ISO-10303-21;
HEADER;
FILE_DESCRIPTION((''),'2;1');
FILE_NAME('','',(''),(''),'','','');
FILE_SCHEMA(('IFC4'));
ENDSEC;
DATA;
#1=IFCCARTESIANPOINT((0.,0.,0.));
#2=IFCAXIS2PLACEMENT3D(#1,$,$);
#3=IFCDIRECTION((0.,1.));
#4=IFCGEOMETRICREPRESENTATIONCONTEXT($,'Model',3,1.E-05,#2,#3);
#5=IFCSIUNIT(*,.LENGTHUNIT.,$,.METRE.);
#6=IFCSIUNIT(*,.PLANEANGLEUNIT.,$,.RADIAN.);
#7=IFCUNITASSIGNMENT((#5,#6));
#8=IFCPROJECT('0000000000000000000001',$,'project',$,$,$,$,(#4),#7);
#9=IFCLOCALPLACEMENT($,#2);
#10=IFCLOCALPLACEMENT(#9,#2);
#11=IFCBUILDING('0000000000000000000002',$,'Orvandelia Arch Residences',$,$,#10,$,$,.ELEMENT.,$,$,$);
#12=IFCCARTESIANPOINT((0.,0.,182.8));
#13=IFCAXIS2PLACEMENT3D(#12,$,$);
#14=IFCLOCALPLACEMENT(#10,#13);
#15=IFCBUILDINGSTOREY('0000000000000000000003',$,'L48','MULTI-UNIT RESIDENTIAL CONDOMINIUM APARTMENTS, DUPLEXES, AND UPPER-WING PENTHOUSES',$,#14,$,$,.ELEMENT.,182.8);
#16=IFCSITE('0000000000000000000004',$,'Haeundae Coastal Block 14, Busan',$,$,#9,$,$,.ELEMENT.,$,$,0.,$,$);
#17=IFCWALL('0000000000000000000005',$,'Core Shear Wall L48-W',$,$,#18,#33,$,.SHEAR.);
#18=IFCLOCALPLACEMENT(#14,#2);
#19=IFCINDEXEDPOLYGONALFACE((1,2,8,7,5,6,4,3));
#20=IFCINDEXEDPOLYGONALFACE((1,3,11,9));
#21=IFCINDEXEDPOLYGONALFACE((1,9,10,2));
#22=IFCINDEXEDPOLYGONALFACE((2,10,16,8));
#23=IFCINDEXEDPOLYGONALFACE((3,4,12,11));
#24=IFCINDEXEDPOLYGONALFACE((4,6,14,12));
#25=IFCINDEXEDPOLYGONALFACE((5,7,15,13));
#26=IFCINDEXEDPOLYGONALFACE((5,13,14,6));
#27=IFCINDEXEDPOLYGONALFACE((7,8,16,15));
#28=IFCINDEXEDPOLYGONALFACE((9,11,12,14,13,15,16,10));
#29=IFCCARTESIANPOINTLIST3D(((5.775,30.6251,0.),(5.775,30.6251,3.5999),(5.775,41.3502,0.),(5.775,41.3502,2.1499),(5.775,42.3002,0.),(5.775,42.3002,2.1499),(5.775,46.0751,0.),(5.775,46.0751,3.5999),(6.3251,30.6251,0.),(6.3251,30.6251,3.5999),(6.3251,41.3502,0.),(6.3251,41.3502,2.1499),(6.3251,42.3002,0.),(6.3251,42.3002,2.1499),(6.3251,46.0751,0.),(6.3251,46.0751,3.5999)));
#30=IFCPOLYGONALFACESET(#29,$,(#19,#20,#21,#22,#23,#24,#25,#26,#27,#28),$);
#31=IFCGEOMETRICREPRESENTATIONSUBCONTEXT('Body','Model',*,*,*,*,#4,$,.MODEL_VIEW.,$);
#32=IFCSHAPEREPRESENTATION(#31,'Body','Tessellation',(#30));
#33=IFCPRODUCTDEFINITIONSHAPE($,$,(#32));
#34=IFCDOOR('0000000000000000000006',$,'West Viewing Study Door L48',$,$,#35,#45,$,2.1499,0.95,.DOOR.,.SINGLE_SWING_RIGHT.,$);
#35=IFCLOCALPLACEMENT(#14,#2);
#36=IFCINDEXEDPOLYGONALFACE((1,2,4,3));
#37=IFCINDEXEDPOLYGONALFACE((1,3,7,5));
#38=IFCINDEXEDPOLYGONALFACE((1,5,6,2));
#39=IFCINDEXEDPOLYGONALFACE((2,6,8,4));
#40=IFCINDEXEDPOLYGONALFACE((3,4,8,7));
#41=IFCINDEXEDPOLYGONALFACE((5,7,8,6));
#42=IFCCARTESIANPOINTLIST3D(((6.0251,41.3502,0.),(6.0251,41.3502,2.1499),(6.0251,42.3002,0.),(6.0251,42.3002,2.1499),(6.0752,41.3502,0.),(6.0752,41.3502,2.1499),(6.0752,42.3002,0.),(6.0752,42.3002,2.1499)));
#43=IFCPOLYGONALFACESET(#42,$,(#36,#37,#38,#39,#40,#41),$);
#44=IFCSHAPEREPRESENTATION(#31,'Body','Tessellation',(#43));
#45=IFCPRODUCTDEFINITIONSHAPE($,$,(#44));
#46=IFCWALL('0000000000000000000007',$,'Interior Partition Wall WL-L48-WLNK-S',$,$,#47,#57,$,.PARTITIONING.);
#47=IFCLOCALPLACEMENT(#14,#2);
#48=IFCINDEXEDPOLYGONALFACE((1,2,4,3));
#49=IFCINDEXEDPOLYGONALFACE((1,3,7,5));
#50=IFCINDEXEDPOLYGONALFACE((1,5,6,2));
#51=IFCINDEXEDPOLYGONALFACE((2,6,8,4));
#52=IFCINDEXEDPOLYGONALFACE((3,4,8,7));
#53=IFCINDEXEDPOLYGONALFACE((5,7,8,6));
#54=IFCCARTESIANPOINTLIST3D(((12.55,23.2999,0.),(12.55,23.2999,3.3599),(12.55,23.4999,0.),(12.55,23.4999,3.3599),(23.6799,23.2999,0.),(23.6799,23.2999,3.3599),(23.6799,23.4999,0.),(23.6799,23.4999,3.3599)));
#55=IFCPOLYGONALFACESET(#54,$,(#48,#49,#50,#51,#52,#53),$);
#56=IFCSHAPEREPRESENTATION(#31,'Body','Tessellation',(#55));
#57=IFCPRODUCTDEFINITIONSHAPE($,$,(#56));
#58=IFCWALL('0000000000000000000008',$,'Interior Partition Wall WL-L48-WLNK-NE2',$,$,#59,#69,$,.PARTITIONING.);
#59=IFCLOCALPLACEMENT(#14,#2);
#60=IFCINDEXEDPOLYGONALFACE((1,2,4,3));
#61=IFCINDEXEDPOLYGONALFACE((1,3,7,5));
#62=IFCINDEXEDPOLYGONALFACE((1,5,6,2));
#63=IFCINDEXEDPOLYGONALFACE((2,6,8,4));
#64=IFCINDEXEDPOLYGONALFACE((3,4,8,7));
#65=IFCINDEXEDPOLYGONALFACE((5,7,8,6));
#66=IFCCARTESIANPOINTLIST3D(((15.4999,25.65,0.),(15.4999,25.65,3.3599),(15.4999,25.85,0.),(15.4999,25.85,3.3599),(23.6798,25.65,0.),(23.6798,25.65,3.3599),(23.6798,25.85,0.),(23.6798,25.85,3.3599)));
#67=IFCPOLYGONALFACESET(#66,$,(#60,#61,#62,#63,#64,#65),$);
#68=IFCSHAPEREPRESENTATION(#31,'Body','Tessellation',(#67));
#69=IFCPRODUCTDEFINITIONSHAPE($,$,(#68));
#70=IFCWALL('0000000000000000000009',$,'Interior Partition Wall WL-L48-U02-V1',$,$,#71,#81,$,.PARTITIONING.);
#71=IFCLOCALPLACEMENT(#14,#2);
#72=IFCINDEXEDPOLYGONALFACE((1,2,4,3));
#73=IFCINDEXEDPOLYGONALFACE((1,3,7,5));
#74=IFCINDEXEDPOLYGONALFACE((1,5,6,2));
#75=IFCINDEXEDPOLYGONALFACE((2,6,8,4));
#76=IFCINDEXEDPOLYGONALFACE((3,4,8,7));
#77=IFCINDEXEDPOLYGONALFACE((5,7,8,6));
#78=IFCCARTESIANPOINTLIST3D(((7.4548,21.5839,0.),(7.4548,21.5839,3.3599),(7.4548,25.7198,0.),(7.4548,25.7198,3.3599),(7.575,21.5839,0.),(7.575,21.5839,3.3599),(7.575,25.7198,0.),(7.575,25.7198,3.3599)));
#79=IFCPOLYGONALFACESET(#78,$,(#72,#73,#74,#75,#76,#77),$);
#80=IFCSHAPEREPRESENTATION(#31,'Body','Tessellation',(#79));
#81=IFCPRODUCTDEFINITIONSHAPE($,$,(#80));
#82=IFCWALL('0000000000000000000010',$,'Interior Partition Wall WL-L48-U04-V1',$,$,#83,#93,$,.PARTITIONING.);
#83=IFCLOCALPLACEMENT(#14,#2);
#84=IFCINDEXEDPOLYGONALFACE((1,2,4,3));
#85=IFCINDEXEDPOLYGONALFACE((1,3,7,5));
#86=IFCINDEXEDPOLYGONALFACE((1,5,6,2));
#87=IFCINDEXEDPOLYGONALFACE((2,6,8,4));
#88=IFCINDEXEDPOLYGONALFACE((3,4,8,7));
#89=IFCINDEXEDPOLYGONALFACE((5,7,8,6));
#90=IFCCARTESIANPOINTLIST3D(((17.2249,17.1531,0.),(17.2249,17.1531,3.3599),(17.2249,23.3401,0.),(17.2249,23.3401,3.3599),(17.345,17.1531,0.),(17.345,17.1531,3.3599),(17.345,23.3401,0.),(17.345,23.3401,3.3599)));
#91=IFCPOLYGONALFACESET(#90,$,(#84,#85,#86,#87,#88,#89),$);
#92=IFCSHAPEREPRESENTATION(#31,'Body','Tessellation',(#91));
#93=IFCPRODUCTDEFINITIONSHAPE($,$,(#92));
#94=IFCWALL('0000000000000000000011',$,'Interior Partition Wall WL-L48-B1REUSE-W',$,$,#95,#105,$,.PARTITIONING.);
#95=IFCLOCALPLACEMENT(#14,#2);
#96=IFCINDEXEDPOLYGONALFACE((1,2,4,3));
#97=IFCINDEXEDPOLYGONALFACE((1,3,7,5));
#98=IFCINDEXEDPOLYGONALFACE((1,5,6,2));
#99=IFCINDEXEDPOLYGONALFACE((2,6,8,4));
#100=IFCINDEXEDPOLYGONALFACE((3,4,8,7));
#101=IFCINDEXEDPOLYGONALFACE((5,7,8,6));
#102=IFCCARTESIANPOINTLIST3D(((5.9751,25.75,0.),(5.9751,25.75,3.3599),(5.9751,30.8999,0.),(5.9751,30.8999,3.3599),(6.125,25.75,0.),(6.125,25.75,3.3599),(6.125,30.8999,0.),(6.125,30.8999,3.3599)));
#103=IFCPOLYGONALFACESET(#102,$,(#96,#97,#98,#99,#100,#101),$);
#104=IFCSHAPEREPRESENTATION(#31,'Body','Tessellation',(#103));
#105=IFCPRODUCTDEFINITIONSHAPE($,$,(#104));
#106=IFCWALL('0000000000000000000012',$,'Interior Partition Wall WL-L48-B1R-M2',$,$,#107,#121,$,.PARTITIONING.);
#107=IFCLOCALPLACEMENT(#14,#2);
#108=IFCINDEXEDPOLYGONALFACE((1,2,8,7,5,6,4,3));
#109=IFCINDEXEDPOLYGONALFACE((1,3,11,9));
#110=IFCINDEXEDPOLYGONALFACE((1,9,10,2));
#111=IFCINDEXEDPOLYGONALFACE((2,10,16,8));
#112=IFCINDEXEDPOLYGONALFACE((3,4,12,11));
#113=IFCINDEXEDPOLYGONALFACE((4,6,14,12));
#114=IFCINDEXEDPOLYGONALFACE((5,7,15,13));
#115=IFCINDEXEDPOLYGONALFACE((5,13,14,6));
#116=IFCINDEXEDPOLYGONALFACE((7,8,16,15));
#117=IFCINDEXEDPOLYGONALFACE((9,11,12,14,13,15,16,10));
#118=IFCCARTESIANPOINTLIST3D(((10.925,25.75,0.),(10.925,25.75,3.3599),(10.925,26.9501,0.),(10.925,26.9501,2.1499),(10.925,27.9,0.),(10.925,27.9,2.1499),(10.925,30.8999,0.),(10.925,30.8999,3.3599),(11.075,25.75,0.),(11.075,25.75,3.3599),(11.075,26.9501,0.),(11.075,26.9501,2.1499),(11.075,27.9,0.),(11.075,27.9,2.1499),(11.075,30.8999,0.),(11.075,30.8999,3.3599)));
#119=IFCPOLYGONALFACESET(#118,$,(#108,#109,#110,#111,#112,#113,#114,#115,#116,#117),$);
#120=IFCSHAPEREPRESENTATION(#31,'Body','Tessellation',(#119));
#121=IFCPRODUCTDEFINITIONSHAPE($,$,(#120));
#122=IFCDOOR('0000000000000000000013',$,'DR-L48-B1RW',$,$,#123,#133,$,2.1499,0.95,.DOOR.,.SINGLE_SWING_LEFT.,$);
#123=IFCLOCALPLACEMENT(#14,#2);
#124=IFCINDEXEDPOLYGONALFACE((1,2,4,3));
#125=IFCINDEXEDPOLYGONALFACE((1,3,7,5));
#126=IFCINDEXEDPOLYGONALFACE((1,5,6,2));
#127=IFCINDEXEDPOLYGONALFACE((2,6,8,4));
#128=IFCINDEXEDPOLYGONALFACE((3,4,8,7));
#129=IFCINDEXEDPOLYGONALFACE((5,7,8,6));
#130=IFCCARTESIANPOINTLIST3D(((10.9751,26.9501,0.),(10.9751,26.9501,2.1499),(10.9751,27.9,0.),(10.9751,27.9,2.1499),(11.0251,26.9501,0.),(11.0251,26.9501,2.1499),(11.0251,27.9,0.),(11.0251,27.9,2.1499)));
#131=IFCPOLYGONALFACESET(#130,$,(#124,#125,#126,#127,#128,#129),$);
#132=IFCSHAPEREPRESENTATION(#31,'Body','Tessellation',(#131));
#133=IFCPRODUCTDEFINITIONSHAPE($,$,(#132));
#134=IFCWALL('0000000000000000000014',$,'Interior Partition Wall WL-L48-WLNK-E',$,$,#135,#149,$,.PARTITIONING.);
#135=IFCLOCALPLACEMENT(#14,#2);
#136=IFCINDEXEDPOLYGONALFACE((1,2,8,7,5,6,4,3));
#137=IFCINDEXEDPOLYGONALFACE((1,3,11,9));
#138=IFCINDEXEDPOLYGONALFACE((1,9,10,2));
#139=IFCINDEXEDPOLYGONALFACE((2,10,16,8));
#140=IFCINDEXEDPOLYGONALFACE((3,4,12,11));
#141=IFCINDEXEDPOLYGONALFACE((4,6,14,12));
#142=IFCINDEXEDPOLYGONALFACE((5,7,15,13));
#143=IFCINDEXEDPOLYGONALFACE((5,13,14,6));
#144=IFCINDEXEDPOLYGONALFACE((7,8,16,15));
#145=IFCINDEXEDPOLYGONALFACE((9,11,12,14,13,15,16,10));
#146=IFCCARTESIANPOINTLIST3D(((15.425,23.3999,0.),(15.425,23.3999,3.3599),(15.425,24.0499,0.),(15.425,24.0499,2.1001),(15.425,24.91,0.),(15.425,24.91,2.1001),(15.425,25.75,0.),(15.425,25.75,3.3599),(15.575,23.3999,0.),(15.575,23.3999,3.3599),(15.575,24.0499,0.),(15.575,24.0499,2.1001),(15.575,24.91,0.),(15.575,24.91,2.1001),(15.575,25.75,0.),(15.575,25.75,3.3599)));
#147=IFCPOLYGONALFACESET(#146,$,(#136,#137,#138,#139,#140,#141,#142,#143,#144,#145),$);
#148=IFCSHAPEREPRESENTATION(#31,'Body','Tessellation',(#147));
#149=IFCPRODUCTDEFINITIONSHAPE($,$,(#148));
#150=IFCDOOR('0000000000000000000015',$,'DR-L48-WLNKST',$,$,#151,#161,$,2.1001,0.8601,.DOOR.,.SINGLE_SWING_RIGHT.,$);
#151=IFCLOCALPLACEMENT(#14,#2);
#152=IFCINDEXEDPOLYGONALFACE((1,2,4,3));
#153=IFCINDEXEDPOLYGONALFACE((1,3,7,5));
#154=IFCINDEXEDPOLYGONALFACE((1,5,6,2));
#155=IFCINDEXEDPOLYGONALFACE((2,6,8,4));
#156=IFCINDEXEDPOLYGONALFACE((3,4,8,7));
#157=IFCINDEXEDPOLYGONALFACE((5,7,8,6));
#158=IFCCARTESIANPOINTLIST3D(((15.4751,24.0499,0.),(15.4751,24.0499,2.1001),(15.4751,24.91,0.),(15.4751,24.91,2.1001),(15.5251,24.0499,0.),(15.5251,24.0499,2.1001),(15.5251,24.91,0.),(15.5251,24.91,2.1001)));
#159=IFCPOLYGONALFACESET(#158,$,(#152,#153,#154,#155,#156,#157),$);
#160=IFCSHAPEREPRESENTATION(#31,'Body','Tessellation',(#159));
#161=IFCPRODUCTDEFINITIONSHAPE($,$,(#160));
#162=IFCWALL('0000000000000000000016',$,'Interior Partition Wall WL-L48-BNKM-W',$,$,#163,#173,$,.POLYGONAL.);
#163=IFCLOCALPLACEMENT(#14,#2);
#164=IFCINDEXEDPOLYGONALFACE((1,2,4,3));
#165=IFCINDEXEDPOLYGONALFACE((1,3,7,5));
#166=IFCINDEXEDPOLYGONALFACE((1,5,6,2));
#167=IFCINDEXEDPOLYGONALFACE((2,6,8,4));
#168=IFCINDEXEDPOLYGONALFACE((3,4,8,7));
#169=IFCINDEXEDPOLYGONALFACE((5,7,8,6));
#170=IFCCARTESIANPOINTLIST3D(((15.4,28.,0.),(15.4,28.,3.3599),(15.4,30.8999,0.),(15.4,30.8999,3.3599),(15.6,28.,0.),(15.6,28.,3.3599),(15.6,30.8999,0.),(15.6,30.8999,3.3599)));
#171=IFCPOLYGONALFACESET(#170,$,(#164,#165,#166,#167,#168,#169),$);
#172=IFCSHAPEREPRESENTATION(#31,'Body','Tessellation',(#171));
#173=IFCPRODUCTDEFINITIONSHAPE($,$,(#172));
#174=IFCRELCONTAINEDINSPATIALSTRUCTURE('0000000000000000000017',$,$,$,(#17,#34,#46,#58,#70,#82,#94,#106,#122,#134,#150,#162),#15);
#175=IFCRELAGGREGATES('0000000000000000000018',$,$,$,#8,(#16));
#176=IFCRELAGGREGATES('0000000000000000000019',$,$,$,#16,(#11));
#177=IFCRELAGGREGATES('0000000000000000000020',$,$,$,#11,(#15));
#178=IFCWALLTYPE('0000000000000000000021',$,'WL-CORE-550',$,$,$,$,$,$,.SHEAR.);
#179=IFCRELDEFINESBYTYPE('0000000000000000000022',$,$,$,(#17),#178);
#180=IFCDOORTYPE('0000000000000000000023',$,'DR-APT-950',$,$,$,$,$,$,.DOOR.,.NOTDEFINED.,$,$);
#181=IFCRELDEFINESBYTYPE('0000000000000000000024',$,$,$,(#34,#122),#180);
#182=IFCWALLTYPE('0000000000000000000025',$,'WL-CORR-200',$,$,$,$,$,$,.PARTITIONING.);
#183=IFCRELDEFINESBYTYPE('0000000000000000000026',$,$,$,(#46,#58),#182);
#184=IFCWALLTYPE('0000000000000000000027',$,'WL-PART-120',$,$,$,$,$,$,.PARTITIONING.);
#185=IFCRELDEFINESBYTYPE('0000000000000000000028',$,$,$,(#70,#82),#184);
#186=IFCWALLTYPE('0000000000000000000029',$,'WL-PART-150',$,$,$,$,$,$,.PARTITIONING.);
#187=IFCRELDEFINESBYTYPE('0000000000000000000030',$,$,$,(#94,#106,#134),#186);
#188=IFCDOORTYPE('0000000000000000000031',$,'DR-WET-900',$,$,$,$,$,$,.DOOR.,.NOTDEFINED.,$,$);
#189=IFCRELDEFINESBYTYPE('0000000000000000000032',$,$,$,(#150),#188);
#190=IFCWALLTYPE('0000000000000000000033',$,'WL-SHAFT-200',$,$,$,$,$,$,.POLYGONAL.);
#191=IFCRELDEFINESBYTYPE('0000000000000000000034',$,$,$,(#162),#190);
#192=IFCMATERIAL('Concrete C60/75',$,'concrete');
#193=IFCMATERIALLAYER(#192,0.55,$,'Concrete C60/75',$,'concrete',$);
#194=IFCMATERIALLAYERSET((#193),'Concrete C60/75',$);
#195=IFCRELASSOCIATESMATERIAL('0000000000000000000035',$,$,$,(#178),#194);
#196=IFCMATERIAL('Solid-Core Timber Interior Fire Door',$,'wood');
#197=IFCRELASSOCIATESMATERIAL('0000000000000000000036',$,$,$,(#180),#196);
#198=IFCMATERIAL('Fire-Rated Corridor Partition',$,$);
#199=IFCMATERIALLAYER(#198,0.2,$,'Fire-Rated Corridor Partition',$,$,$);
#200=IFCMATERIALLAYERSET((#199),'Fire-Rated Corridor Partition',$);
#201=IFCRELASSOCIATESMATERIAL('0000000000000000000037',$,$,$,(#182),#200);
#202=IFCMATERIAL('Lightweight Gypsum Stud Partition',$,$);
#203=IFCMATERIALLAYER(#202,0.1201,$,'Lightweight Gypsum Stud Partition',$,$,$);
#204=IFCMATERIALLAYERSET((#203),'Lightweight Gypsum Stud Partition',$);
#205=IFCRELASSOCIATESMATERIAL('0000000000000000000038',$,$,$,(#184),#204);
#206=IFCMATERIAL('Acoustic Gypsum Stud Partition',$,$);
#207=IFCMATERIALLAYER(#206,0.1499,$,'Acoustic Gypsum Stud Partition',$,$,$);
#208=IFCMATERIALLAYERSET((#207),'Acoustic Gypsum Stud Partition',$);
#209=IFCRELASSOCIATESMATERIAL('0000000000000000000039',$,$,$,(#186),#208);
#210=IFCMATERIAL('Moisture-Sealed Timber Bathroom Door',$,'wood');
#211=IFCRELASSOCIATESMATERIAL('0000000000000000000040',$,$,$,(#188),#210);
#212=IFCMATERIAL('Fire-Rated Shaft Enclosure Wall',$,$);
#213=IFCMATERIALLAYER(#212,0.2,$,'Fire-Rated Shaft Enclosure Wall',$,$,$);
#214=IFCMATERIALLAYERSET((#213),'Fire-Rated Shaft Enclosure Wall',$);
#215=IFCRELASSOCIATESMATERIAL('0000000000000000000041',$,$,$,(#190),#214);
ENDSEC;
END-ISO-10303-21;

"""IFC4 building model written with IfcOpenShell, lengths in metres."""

from ifc_helpers import new_model, si_unit, direction, frame, frame_2d, origin, place, context, subcontext, project, spatial, rectangle, extrude, material, layer, layer_set, type_object, element, fill, save


model = new_model("IFC4")

# Units and contexts
model_context = context("Model", 3, precision=1e-05, world=origin(), true_north=direction((0.0, 1.0)))
body_context = subcontext(model_context, "Body", "Model", "MODEL_VIEW")
ifc_project = project(units=[si_unit("LENGTHUNIT", "METRE"), si_unit("PLANEANGLEUNIT", "RADIAN")], contexts=[model_context])

# Site, building, storey
site_placement = place(None, origin())
site = spatial("IfcSite", under=ifc_project, at=site_placement, Name="Haeundae Coastal Block 14, Busan", CompositionType="ELEMENT", RefElevation=0.0)
building_placement = place(site_placement, origin())
building = spatial("IfcBuilding", under=site, at=building_placement, Name="Orvandelia Arch Residences", CompositionType="ELEMENT")
storey_placement = place(building_placement, frame((0.0, 0.0, 182.8)))
storey = spatial("IfcBuildingStorey", under=building, at=storey_placement, Name="L48", Description="MULTI-UNIT RESIDENTIAL CONDOMINIUM APARTMENTS, DUPLEXES, AND UPPER-WING PENTHOUSES", CompositionType="ELEMENT", Elevation=182.8)

# Wall, opening, door
ifc_material_1 = material(Name="Concrete C60/75", Category="concrete")
ifc_layer_1 = layer(ifc_material_1, 0.55, Name="Concrete C60/75", Category="concrete")
ifc_layer_set_1 = layer_set([ifc_layer_1], Name="Concrete C60/75")
wall_type_1 = type_object("IfcWallType", Name="WL-CORE-550", PredefinedType="SHEAR", material=ifc_layer_set_1)
wall_1_placement = place(storey_placement, frame((6.05, 30.625, 0.0), z_axis=(0.0, 0.0, 1.0), x_axis=(0.0, 1.0, 0.0)))
wall_1 = element("IfcWall", 1, at=wall_1_placement, inside=storey, type_object=wall_type_1, Name="Core Shear Wall L48-W", PredefinedType="SHEAR", context=body_context, shape_type="SweptSolid", body=[
    extrude(rectangle(XDim=15.45, YDim=0.55, at=frame_2d((7.7251, 0.0))), origin(), (0.0, 0.0, 1.0), 3.5999),
])
opening_1_placement = place(wall_1_placement, frame((10.7251, 0.0, 0.0)))
opening_1 = element("IfcOpeningElement", 2, at=opening_1_placement, cuts=wall_1, PredefinedType="OPENING", context=body_context, shape_type="SweptSolid", body=[
    extrude(rectangle(XDim=0.95, YDim=2.1499, at=frame_2d((0.4751, 1.075))), frame((0.0, 0.2852, 0.0), z_axis=(0.0, -1.0, 0.0), x_axis=(1.0, 0.0, 0.0)), (0.0, 0.0, 1.0), 0.5701),
])
ifc_material_2 = material(Name="Solid-Core Timber Interior Fire Door", Category="wood")
door_type_1 = type_object("IfcDoorType", Name="DR-APT-950", OperationType="NOTDEFINED", PredefinedType="DOOR", material=ifc_material_2)
door_1_placement = place(opening_1_placement, origin())
door_1 = element("IfcDoor", 3, at=door_1_placement, inside=storey, type_object=door_type_1, Name="West Viewing Study Door L48", OperationType="SINGLE_SWING_RIGHT", OverallHeight=2.1499, OverallWidth=0.95, PredefinedType="DOOR", context=body_context, shape_type="SweptSolid", body=[
    extrude(rectangle(XDim=0.95, YDim=2.1499, at=frame_2d((0.4751, 1.075))), frame((0.0, 0.0249, 0.0), z_axis=(0.0, -1.0, 0.0), x_axis=(1.0, 0.0, 0.0)), (0.0, 0.0, 1.0), 0.05),
])
fill(opening_1, door_1)

# Walls
ifc_material_3 = material(Name="Fire-Rated Corridor Partition")
ifc_layer_2 = layer(ifc_material_3, 0.2, Name="Fire-Rated Corridor Partition")
ifc_layer_set_2 = layer_set([ifc_layer_2], Name="Fire-Rated Corridor Partition")
wall_type_2 = type_object("IfcWallType", Name="WL-CORR-200", PredefinedType="PARTITIONING", material=ifc_layer_set_2)
wall_2_placement = place(storey_placement, frame((12.55, 23.3999, 0.0), z_axis=(0.0, 0.0, 1.0), x_axis=(1.0, 0.0, 0.0)))
element("IfcWall", 4, at=wall_2_placement, inside=storey, type_object=wall_type_2, Name="Interior Partition Wall WL-L48-WLNK-S", PredefinedType="PARTITIONING", context=body_context, shape_type="SweptSolid", body=[
    extrude(rectangle(XDim=11.1299, YDim=0.2, at=frame_2d((5.5649, 0.0))), origin(), (0.0, 0.0, 1.0), 3.3599),
])
wall_3_placement = place(storey_placement, frame((15.5, 25.75, 0.0), z_axis=(0.0, 0.0, 1.0), x_axis=(1.0, 0.0, 0.0)))
element("IfcWall", 5, at=wall_3_placement, inside=storey, type_object=wall_type_2, Name="Interior Partition Wall WL-L48-WLNK-NE2", PredefinedType="PARTITIONING", context=body_context, shape_type="SweptSolid", body=[
    extrude(rectangle(XDim=8.1799, YDim=0.2, at=frame_2d((4.0898, 0.0))), origin(), (0.0, 0.0, 1.0), 3.3599),
])
ifc_material_4 = material(Name="Lightweight Gypsum Stud Partition")
ifc_layer_3 = layer(ifc_material_4, 0.1201, Name="Lightweight Gypsum Stud Partition")
ifc_layer_set_3 = layer_set([ifc_layer_3], Name="Lightweight Gypsum Stud Partition")
wall_type_3 = type_object("IfcWallType", Name="WL-PART-120", PredefinedType="PARTITIONING", material=ifc_layer_set_3)
wall_4_placement = place(storey_placement, frame((7.5149, 21.584, 0.0), z_axis=(0.0, 0.0, 1.0), x_axis=(0.0, 1.0, 0.0)))
element("IfcWall", 6, at=wall_4_placement, inside=storey, type_object=wall_type_3, Name="Interior Partition Wall WL-L48-U02-V1", PredefinedType="PARTITIONING", context=body_context, shape_type="SweptSolid", body=[
    extrude(rectangle(XDim=4.136, YDim=0.1201, at=frame_2d((2.0679, 0.0))), origin(), (0.0, 0.0, 1.0), 3.3599),
])
wall_5_placement = place(storey_placement, frame((17.2849, 17.1531, 0.0), z_axis=(0.0, 0.0, 1.0), x_axis=(0.0, 1.0, 0.0)))
element("IfcWall", 7, at=wall_5_placement, inside=storey, type_object=wall_type_3, Name="Interior Partition Wall WL-L48-U04-V1", PredefinedType="PARTITIONING", context=body_context, shape_type="SweptSolid", body=[
    extrude(rectangle(XDim=6.187, YDim=0.1201, at=frame_2d((3.0935, 0.0))), origin(), (0.0, 0.0, 1.0), 3.3599),
])
ifc_material_5 = material(Name="Acoustic Gypsum Stud Partition")
ifc_layer_4 = layer(ifc_material_5, 0.1499, Name="Acoustic Gypsum Stud Partition")
ifc_layer_set_4 = layer_set([ifc_layer_4], Name="Acoustic Gypsum Stud Partition")
wall_type_4 = type_object("IfcWallType", Name="WL-PART-150", PredefinedType="PARTITIONING", material=ifc_layer_set_4)
wall_6_placement = place(storey_placement, frame((6.05, 25.75, 0.0), z_axis=(0.0, 0.0, 1.0), x_axis=(0.0, 1.0, 0.0)))
element("IfcWall", 8, at=wall_6_placement, inside=storey, type_object=wall_type_4, Name="Interior Partition Wall WL-L48-B1REUSE-W", PredefinedType="PARTITIONING", context=body_context, shape_type="SweptSolid", body=[
    extrude(rectangle(XDim=5.1499, YDim=0.1499, at=frame_2d((2.575, 0.0))), origin(), (0.0, 0.0, 1.0), 3.3599),
])

# Walls, openings, doors
wall_7_placement = place(storey_placement, frame((11.0, 25.75, 0.0), z_axis=(0.0, 0.0, 1.0), x_axis=(0.0, 1.0, 0.0)))
wall_7 = element("IfcWall", 9, at=wall_7_placement, inside=storey, type_object=wall_type_4, Name="Interior Partition Wall WL-L48-B1R-M2", PredefinedType="PARTITIONING", context=body_context, shape_type="SweptSolid", body=[
    extrude(rectangle(XDim=5.1499, YDim=0.1499, at=frame_2d((2.575, 0.0))), origin(), (0.0, 0.0, 1.0), 3.3599),
])
opening_2_placement = place(wall_7_placement, frame((1.2, 0.0, 0.0)))
opening_2 = element("IfcOpeningElement", 10, at=opening_2_placement, cuts=wall_7, PredefinedType="OPENING", context=body_context, shape_type="SweptSolid", body=[
    extrude(rectangle(XDim=0.95, YDim=2.1499, at=frame_2d((0.4751, 1.075))), frame((0.0, 0.085, 0.0), z_axis=(0.0, -1.0, 0.0), x_axis=(1.0, 0.0, 0.0)), (0.0, 0.0, 1.0), 0.1699),
])
door_2_placement = place(opening_2_placement, origin())
door_2 = element("IfcDoor", 11, at=door_2_placement, inside=storey, type_object=door_type_1, Name="DR-L48-B1RW", OperationType="SINGLE_SWING_LEFT", OverallHeight=2.1499, OverallWidth=0.95, PredefinedType="DOOR", context=body_context, shape_type="SweptSolid", body=[
    extrude(rectangle(XDim=0.95, YDim=2.1499, at=frame_2d((0.4751, 1.075))), frame((0.0, 0.0249, 0.0), z_axis=(0.0, -1.0, 0.0), x_axis=(1.0, 0.0, 0.0)), (0.0, 0.0, 1.0), 0.05),
])
fill(opening_2, door_2)
wall_8_placement = place(storey_placement, frame((15.5, 23.3999, 0.0), z_axis=(0.0, 0.0, 1.0), x_axis=(0.0, 1.0, 0.0)))
wall_8 = element("IfcWall", 12, at=wall_8_placement, inside=storey, type_object=wall_type_4, Name="Interior Partition Wall WL-L48-WLNK-E", PredefinedType="PARTITIONING", context=body_context, shape_type="SweptSolid", body=[
    extrude(rectangle(XDim=2.3501, YDim=0.1499, at=frame_2d((1.175, 0.0))), origin(), (0.0, 0.0, 1.0), 3.3599),
])
opening_3_placement = place(wall_8_placement, frame((0.6499, 0.0, 0.0)))
opening_3 = element("IfcOpeningElement", 13, at=opening_3_placement, cuts=wall_8, PredefinedType="OPENING", context=body_context, shape_type="SweptSolid", body=[
    extrude(rectangle(XDim=0.8601, YDim=2.1001, at=frame_2d((0.4302, 1.05))), frame((0.0, 0.085, 0.0), z_axis=(0.0, -1.0, 0.0), x_axis=(1.0, 0.0, 0.0)), (0.0, 0.0, 1.0), 0.1699),
])
ifc_material_6 = material(Name="Moisture-Sealed Timber Bathroom Door", Category="wood")
door_type_2 = type_object("IfcDoorType", Name="DR-WET-900", OperationType="NOTDEFINED", PredefinedType="DOOR", material=ifc_material_6)
door_3_placement = place(opening_3_placement, origin())
door_3 = element("IfcDoor", 14, at=door_3_placement, inside=storey, type_object=door_type_2, Name="DR-L48-WLNKST", OperationType="SINGLE_SWING_RIGHT", OverallHeight=2.1001, OverallWidth=0.8601, PredefinedType="DOOR", context=body_context, shape_type="SweptSolid", body=[
    extrude(rectangle(XDim=0.8601, YDim=2.1001, at=frame_2d((0.4302, 1.05))), frame((0.0, 0.0249, 0.0), z_axis=(0.0, -1.0, 0.0), x_axis=(1.0, 0.0, 0.0)), (0.0, 0.0, 1.0), 0.05),
])
fill(opening_3, door_3)
ifc_material_7 = material(Name="Fire-Rated Shaft Enclosure Wall")
ifc_layer_5 = layer(ifc_material_7, 0.2, Name="Fire-Rated Shaft Enclosure Wall")
ifc_layer_set_5 = layer_set([ifc_layer_5], Name="Fire-Rated Shaft Enclosure Wall")
wall_type_5 = type_object("IfcWallType", Name="WL-SHAFT-200", PredefinedType="POLYGONAL", material=ifc_layer_set_5)

# Wall
for number, where, z_axis, x_axis, name in (
    (15, (15.5, 28.0, 0.0), (0.0, 0.0, 1.0), (0.0, 1.0, 0.0), "Interior Partition Wall WL-L48-BNKM-W"),
):
    element("IfcWall", number, at=place(storey_placement, frame(where, z_axis=z_axis, x_axis=x_axis)), inside=storey, type_object=wall_type_5, Name=name, PredefinedType="POLYGONAL", context=body_context, shape_type="SweptSolid", body=[
        extrude(rectangle(XDim=2.8999, YDim=0.2, at=frame_2d((1.45, 0.0))), origin(), (0.0, 0.0, 1.0), 3.3599),
    ])

save(model, "model.ifc")
